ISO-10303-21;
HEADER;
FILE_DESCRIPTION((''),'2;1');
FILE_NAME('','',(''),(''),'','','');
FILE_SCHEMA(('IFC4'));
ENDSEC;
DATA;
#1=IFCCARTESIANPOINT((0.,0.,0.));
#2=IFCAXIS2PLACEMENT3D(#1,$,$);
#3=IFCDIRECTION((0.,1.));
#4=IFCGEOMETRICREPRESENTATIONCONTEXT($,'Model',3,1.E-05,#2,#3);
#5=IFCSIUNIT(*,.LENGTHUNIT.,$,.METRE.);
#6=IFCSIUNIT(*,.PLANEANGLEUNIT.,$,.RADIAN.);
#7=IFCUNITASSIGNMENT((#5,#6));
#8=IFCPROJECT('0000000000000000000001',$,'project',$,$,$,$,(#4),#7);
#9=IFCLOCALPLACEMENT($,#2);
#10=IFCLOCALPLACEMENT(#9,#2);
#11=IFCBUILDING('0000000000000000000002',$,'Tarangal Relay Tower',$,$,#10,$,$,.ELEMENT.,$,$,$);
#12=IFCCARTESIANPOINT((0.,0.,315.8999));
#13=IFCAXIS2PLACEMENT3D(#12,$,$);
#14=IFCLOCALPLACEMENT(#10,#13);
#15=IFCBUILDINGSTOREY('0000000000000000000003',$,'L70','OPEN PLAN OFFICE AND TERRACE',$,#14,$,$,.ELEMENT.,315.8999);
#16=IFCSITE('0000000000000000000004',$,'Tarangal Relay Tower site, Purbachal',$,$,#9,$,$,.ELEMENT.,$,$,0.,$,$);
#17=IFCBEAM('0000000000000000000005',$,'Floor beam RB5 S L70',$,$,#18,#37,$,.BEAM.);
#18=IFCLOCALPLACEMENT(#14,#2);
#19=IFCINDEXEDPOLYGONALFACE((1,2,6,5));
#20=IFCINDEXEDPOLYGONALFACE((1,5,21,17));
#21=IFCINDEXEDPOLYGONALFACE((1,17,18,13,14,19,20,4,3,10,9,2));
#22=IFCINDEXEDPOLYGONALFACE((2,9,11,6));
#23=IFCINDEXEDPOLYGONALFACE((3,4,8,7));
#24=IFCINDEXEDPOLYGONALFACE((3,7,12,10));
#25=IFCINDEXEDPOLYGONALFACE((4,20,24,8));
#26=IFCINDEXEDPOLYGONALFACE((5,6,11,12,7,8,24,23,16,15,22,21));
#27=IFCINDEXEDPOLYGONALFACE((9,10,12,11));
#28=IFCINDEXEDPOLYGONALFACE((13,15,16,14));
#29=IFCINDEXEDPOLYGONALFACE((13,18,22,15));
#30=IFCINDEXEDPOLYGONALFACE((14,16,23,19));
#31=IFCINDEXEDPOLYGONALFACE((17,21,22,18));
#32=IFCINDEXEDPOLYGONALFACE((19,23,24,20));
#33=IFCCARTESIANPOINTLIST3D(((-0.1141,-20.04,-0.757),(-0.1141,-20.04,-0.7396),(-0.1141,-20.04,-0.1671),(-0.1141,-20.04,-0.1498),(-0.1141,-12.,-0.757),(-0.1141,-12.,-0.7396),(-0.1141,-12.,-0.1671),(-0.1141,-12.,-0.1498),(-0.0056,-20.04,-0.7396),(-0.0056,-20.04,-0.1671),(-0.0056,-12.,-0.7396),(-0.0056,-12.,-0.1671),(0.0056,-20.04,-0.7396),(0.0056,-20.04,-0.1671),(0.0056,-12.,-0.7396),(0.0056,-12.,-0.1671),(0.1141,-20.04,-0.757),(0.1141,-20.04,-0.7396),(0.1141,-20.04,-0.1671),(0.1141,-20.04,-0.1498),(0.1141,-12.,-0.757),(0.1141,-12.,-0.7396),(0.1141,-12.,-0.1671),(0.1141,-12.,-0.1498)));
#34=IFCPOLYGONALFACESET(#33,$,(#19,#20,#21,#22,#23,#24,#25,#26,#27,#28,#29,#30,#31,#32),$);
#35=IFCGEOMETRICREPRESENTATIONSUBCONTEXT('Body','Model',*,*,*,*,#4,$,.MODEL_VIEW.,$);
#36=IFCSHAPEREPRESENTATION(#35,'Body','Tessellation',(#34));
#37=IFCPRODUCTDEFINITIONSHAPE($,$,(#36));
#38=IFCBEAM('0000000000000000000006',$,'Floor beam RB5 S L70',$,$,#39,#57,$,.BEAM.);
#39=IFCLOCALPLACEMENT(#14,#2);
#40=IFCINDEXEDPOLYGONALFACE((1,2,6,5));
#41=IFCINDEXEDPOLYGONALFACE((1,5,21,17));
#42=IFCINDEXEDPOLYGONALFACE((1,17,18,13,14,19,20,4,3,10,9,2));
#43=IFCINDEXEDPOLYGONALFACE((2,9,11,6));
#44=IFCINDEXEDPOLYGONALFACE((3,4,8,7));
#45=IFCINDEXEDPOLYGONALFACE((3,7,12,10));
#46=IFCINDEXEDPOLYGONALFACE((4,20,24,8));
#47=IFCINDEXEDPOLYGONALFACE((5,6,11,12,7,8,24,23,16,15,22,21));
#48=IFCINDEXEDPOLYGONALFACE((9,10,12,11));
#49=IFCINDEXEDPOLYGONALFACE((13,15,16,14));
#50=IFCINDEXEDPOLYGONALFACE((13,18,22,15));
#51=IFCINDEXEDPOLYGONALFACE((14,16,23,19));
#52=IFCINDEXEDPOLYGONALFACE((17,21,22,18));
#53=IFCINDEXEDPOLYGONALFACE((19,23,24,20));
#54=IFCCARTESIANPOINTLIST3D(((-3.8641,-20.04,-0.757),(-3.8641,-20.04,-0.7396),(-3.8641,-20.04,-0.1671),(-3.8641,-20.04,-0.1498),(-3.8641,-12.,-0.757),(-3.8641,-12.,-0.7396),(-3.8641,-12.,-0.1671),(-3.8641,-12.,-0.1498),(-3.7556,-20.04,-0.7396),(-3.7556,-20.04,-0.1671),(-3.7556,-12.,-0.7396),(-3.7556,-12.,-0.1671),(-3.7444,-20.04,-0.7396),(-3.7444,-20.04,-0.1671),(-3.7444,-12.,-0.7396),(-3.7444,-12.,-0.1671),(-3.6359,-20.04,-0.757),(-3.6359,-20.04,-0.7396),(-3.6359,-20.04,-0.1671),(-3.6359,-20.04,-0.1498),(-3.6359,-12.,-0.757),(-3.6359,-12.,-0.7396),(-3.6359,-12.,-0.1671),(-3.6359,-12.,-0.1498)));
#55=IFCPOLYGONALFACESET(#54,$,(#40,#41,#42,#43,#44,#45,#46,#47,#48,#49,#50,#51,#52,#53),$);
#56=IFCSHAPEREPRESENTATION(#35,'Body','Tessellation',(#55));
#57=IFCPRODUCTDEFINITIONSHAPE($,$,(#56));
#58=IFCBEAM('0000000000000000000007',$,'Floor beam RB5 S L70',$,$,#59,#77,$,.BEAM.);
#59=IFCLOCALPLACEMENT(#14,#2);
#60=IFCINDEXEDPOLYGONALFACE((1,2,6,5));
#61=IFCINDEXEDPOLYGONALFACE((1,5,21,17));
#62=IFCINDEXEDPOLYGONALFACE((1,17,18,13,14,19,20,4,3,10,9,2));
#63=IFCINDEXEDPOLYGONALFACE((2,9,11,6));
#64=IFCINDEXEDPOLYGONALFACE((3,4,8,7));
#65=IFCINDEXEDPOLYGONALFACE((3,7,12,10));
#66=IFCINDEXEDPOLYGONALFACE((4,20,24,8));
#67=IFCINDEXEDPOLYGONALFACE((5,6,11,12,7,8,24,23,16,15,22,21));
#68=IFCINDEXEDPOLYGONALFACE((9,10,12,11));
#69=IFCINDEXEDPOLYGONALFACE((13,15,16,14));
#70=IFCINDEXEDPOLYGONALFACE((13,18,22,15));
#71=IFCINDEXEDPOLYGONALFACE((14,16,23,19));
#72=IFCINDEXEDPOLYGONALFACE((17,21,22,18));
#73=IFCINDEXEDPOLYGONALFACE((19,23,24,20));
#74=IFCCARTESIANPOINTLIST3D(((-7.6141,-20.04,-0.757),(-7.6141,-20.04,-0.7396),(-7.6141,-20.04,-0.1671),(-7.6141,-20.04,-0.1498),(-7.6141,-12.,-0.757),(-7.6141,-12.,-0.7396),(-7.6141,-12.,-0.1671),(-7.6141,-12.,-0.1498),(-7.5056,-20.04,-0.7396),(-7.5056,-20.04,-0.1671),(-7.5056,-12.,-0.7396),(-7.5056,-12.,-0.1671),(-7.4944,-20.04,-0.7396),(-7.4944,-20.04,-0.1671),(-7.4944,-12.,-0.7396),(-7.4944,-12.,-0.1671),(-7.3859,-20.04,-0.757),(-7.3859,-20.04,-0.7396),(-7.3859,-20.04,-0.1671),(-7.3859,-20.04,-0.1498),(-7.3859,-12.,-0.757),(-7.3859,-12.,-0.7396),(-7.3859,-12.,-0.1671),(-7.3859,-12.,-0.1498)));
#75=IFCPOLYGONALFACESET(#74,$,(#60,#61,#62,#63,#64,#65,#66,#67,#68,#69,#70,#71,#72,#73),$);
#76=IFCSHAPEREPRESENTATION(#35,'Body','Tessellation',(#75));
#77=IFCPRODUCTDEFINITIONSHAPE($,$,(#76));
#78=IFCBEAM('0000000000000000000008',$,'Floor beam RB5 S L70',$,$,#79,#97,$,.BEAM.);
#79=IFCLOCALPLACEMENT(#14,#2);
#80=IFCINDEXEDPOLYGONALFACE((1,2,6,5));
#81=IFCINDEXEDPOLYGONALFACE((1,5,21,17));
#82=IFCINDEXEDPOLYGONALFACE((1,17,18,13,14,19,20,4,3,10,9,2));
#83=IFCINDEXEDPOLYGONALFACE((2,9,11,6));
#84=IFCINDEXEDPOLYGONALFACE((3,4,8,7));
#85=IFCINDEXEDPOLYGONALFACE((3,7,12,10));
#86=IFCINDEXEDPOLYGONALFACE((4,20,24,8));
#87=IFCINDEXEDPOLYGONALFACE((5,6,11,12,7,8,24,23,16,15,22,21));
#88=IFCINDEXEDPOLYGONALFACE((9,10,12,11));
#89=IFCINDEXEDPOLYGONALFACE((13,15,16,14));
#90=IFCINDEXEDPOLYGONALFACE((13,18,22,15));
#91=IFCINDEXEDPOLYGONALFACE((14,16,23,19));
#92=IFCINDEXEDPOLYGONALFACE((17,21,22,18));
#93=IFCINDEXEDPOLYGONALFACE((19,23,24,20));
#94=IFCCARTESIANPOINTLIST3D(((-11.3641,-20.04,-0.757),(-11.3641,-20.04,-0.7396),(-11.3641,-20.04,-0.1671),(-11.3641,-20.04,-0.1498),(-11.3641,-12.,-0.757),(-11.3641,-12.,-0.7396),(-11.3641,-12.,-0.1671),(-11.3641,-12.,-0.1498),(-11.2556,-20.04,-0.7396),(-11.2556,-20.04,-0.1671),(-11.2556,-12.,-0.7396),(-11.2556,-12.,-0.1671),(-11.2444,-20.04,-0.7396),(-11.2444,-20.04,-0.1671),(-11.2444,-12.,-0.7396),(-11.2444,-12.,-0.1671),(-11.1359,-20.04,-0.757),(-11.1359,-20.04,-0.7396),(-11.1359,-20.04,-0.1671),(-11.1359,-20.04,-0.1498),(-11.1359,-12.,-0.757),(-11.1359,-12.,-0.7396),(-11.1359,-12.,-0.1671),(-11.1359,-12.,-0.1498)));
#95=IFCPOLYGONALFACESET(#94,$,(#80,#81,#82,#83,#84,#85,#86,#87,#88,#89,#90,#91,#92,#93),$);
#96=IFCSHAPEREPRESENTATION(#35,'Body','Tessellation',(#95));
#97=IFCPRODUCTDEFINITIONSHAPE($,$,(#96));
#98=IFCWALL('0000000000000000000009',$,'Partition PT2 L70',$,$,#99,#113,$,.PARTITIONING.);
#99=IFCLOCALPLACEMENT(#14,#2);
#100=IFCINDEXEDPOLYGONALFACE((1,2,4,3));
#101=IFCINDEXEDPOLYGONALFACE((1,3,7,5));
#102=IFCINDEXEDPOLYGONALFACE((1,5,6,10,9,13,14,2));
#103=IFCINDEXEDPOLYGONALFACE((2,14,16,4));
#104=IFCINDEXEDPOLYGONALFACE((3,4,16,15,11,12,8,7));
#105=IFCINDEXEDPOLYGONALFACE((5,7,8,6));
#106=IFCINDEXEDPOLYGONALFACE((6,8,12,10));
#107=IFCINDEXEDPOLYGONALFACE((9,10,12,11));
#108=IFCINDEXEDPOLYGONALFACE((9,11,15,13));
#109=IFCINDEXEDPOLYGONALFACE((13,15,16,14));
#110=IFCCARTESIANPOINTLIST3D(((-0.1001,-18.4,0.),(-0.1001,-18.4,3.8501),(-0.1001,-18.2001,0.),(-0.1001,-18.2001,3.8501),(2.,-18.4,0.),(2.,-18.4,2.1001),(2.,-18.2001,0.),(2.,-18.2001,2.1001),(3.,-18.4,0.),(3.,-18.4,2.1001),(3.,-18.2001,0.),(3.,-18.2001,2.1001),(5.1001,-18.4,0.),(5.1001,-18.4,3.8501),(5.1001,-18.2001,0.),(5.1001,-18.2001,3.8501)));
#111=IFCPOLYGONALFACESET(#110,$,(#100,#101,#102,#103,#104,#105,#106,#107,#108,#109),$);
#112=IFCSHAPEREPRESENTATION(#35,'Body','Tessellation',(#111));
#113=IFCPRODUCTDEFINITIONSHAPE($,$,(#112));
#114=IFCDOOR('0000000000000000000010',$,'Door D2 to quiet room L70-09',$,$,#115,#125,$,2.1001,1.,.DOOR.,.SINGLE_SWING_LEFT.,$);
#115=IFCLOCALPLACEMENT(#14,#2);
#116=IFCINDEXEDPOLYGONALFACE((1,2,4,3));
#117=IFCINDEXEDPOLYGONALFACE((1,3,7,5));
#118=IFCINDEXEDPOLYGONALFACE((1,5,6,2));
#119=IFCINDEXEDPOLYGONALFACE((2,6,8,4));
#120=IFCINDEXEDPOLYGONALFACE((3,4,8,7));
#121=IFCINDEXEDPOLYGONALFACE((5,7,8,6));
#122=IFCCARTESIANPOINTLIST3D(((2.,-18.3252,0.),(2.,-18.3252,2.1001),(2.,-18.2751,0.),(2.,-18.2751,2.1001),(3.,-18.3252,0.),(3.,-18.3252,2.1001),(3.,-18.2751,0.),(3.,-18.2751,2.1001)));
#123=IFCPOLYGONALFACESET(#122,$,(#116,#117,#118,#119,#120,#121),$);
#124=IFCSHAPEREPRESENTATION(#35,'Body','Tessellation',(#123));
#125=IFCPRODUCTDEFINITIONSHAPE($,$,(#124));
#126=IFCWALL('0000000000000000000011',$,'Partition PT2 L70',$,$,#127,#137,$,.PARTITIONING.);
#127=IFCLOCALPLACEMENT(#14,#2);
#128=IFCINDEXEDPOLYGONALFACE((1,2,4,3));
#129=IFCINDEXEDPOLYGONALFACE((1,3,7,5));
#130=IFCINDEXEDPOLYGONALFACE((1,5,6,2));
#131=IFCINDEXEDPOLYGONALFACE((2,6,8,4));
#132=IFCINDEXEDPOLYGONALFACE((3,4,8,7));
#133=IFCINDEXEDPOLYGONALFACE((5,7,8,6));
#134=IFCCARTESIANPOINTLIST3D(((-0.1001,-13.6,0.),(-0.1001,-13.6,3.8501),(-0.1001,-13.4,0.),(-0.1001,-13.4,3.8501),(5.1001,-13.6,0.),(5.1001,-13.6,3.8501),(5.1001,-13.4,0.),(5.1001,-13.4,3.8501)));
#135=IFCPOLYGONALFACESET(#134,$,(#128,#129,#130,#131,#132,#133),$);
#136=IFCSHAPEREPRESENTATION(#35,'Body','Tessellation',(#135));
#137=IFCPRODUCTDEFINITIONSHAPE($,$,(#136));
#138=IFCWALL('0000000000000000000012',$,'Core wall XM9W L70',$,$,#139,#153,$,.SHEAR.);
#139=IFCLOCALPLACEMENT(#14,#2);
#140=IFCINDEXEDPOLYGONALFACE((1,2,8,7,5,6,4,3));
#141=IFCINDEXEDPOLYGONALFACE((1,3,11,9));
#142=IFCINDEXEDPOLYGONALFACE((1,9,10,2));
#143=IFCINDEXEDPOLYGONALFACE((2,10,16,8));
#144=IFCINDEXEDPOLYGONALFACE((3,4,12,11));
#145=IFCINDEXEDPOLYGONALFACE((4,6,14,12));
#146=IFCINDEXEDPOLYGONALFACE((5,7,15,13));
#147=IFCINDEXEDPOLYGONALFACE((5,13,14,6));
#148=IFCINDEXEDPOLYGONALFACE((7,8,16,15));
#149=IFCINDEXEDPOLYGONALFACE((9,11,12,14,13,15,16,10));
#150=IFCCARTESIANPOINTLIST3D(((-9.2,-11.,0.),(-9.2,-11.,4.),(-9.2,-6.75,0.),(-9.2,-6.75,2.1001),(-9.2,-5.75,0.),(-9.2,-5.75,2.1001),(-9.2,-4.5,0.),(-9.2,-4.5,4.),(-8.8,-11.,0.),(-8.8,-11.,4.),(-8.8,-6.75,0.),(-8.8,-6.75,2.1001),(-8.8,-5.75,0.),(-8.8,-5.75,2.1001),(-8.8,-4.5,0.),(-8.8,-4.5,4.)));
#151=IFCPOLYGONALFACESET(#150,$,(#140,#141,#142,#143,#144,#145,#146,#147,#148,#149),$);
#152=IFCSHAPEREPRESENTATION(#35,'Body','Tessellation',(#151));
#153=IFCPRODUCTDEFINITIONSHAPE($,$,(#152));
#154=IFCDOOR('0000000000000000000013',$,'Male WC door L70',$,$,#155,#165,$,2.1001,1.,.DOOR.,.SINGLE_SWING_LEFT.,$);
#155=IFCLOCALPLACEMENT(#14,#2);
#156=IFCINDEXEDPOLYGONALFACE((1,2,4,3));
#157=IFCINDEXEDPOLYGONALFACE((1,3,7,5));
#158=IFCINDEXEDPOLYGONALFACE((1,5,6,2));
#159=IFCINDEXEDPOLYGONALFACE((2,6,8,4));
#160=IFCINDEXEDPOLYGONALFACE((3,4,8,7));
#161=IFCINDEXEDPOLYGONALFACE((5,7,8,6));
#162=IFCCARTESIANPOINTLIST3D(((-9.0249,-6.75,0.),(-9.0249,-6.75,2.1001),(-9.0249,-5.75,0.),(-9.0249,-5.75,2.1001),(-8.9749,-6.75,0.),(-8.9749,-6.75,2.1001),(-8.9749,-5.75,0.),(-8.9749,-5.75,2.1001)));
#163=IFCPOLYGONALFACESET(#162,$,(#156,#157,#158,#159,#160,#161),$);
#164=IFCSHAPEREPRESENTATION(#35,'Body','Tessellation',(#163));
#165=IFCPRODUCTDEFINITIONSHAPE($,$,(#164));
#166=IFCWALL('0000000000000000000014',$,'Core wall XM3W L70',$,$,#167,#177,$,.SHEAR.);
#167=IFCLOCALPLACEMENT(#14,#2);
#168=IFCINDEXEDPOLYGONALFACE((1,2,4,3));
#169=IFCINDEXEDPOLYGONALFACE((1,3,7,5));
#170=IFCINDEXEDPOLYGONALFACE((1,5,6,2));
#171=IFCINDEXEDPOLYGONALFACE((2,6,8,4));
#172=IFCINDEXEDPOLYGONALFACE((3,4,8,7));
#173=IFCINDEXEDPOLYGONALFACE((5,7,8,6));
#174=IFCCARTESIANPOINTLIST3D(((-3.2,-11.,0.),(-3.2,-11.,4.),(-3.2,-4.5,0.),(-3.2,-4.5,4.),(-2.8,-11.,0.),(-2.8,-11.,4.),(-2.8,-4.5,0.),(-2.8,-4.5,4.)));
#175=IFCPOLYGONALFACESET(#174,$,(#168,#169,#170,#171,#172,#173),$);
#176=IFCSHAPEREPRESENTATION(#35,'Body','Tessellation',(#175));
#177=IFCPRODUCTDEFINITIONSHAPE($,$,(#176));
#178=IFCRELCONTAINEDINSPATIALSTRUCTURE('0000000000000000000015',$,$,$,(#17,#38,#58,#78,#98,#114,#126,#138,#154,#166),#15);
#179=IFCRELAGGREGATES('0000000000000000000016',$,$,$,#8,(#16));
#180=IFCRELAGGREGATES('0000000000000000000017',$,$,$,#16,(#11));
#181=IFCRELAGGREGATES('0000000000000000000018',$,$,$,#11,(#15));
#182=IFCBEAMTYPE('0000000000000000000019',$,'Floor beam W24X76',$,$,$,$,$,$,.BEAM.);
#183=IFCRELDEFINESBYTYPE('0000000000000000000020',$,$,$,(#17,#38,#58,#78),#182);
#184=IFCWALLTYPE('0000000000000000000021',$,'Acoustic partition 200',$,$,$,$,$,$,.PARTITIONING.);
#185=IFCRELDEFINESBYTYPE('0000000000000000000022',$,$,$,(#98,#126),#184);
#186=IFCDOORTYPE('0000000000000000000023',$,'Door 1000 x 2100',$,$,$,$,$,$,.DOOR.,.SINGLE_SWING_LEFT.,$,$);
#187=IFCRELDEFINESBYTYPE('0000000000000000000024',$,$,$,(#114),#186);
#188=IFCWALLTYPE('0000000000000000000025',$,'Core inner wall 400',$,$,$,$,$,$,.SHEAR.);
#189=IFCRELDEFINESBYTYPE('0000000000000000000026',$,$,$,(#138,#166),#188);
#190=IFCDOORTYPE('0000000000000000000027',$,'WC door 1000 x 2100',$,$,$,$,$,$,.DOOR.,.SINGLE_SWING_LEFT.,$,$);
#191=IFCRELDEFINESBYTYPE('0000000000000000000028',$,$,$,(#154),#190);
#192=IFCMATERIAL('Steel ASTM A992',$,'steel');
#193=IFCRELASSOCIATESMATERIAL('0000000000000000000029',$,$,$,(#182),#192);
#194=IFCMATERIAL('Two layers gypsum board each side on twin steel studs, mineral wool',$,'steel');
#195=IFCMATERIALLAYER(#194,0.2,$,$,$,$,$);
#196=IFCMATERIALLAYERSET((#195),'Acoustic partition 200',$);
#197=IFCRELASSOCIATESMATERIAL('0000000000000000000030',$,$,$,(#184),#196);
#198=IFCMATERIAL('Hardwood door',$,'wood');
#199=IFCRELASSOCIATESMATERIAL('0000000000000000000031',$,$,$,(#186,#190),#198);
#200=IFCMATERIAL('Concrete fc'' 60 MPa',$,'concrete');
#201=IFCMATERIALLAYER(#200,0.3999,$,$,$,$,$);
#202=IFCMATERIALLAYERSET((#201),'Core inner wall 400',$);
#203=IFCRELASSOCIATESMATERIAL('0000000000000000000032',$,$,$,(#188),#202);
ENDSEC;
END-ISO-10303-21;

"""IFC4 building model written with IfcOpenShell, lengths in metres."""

from ifc_helpers import new_model, si_unit, direction, frame, frame_2d, origin, origin_2d, place, context, subcontext, project, spatial, rectangle, i_section, extrude, material, layer, layer_set, material_profile, profile_set, type_object, element, fill, save


model = new_model("IFC4")

# Units and contexts
model_context = context("Model", 3, precision=1e-05, world=origin(), true_north=direction((0.0, 1.0)))
body_context = subcontext(model_context, "Body", "Model", "MODEL_VIEW")
ifc_project = project(units=[si_unit("LENGTHUNIT", "METRE"), si_unit("PLANEANGLEUNIT", "RADIAN")], contexts=[model_context])

# Site, building, storey
site_placement = place(None, origin())
site = spatial("IfcSite", under=ifc_project, at=site_placement, Name="Tarangal Relay Tower site, Purbachal", CompositionType="ELEMENT", RefElevation=0.0)
building_placement = place(site_placement, origin())
building = spatial("IfcBuilding", under=site, at=building_placement, Name="Tarangal Relay Tower", CompositionType="ELEMENT")
storey_placement = place(building_placement, frame((0.0, 0.0, 315.8999)))
storey = spatial("IfcBuildingStorey", under=building, at=storey_placement, Name="L70", Description="OPEN PLAN OFFICE AND TERRACE", CompositionType="ELEMENT", Elevation=315.8999)

# Beams
ifc_material_1 = material(Name="Steel ASTM A992", Category="steel")
ifc_material_profile = material_profile(ifc_material_1, i_section(OverallWidth=0.2283, OverallDepth=0.6072, WebThickness=0.0112, FlangeThickness=0.0173, at=origin_2d()), Name="W24X76")
ifc_profile_set = profile_set([ifc_material_profile], Name="Steel ASTM A992")
beam_type = type_object("IfcBeamType", Name="Floor beam W24X76", PredefinedType="BEAM", material=ifc_profile_set)
for number, where, z_axis, x_axis, name in (
    (1, (0.0, -12.0, -0.4534), (0.0, -1.0, 0.0), (1.0, 0.0, 0.0), "Floor beam RB5 S L70"),
    (2, (-3.75, -12.0, -0.4534), (0.0, -1.0, 0.0), (1.0, 0.0, 0.0), "Floor beam RB5 S L70"),
    (3, (-7.5, -12.0, -0.4534), (0.0, -1.0, 0.0), (1.0, 0.0, 0.0), "Floor beam RB5 S L70"),
    (4, (-11.25, -12.0, -0.4534), (0.0, -1.0, 0.0), (1.0, 0.0, 0.0), "Floor beam RB5 S L70"),
):
    element("IfcBeam", number, at=place(storey_placement, frame(where, z_axis=z_axis, x_axis=x_axis)), inside=storey, type_object=beam_type, Name=name, PredefinedType="BEAM", context=body_context, shape_type="SweptSolid", body=[
        extrude(i_section(OverallWidth=0.2283, OverallDepth=0.6072, WebThickness=0.0112, FlangeThickness=0.0173, at=origin_2d()), origin(), (0.0, 0.0, 1.0), 8.04),
    ])

# Wall, opening, door
ifc_material_2 = material(Name="Two layers gypsum board each side on twin steel studs, mineral wool", Category="steel")
ifc_layer_1 = layer(ifc_material_2, 0.2)
ifc_layer_set_1 = layer_set([ifc_layer_1], Name="Acoustic partition 200")
wall_type_1 = type_object("IfcWallType", Name="Acoustic partition 200", PredefinedType="PARTITIONING", material=ifc_layer_set_1)
wall_1_placement = place(storey_placement, frame((-0.1001, -18.3, 0.0), z_axis=(0.0, 0.0, 1.0), x_axis=(1.0, 0.0, 0.0)))
wall_1 = element("IfcWall", 5, at=wall_1_placement, inside=storey, type_object=wall_type_1, Name="Partition PT2 L70", PredefinedType="PARTITIONING", context=body_context, shape_type="SweptSolid", body=[
    extrude(rectangle(XDim=5.2002, YDim=0.2, at=frame_2d((2.6001, 0.0))), origin(), (0.0, 0.0, 1.0), 3.8501),
])
opening_1_placement = place(wall_1_placement, frame((2.1001, 0.0, 0.0)))
opening_1 = element("IfcOpeningElement", 6, at=opening_1_placement, cuts=wall_1, PredefinedType="OPENING", context=body_context, shape_type="SweptSolid", body=[
    extrude(rectangle(XDim=1.0, YDim=2.1001, at=frame_2d((0.5, 1.05))), frame((0.0, 0.1099, 0.0), z_axis=(0.0, -1.0, 0.0), x_axis=(1.0, 0.0, 0.0)), (0.0, 0.0, 1.0), 0.22),
])
ifc_material_3 = material(Name="Hardwood door", Category="wood")
door_type_1 = type_object("IfcDoorType", Name="Door 1000 x 2100", OperationType="SINGLE_SWING_LEFT", PredefinedType="DOOR", material=ifc_material_3)
door_1_placement = place(opening_1_placement, origin())
door_1 = element("IfcDoor", 7, at=door_1_placement, inside=storey, type_object=door_type_1, Name="Door D2 to quiet room L70-09", OperationType="SINGLE_SWING_LEFT", OverallHeight=2.1001, OverallWidth=1.0, PredefinedType="DOOR", context=body_context, shape_type="SweptSolid", body=[
    extrude(rectangle(XDim=1.0, YDim=2.1001, at=frame_2d((0.5, 1.05))), frame((0.0, 0.0249, 0.0), z_axis=(0.0, -1.0, 0.0), x_axis=(1.0, 0.0, 0.0)), (0.0, 0.0, 1.0), 0.05),
])
fill(opening_1, door_1)

# Wall
wall_2_placement = place(storey_placement, frame((-0.1001, -13.5, 0.0), z_axis=(0.0, 0.0, 1.0), x_axis=(1.0, 0.0, 0.0)))
element("IfcWall", 8, at=wall_2_placement, inside=storey, type_object=wall_type_1, Name="Partition PT2 L70", PredefinedType="PARTITIONING", context=body_context, shape_type="SweptSolid", body=[
    extrude(rectangle(XDim=5.2002, YDim=0.2, at=frame_2d((2.6001, 0.0))), origin(), (0.0, 0.0, 1.0), 3.8501),
])

# Wall, opening, door
ifc_material_4 = material(Name="Concrete fc' 60 MPa", Category="concrete")
ifc_layer_2 = layer(ifc_material_4, 0.3999)
ifc_layer_set_2 = layer_set([ifc_layer_2], Name="Core inner wall 400")
wall_type_2 = type_object("IfcWallType", Name="Core inner wall 400", PredefinedType="SHEAR", material=ifc_layer_set_2)
wall_3_placement = place(storey_placement, frame((-9.0, -11.0, 0.0), z_axis=(0.0, 0.0, 1.0), x_axis=(0.0, 1.0, 0.0)))
wall_3 = element("IfcWall", 9, at=wall_3_placement, inside=storey, type_object=wall_type_2, Name="Core wall XM9W L70", PredefinedType="SHEAR", context=body_context, shape_type="SweptSolid", body=[
    extrude(rectangle(XDim=6.5, YDim=0.3999, at=frame_2d((3.25, 0.0))), origin(), (0.0, 0.0, 1.0), 4.0),
])
opening_2_placement = place(wall_3_placement, frame((4.25, 0.0, 0.0)))
opening_2 = element("IfcOpeningElement", 10, at=opening_2_placement, cuts=wall_3, PredefinedType="OPENING", context=body_context, shape_type="SweptSolid", body=[
    extrude(rectangle(XDim=1.0, YDim=2.1001, at=frame_2d((0.5, 1.05))), frame((0.0, 0.21, 0.0), z_axis=(0.0, -1.0, 0.0), x_axis=(1.0, 0.0, 0.0)), (0.0, 0.0, 1.0), 0.4199),
])
door_type_2 = type_object("IfcDoorType", Name="WC door 1000 x 2100", OperationType="SINGLE_SWING_LEFT", PredefinedType="DOOR", material=ifc_material_3)
door_2_placement = place(opening_2_placement, origin())
door_2 = element("IfcDoor", 11, at=door_2_placement, inside=storey, type_object=door_type_2, Name="Male WC door L70", OperationType="SINGLE_SWING_LEFT", OverallHeight=2.1001, OverallWidth=1.0, PredefinedType="DOOR", context=body_context, shape_type="SweptSolid", body=[
    extrude(rectangle(XDim=1.0, YDim=2.1001, at=frame_2d((0.5, 1.05))), frame((0.0, 0.0249, 0.0), z_axis=(0.0, -1.0, 0.0), x_axis=(1.0, 0.0, 0.0)), (0.0, 0.0, 1.0), 0.05),
])
fill(opening_2, door_2)

# Wall
wall_4_placement = place(storey_placement, frame((-3.0, -11.0, 0.0), z_axis=(0.0, 0.0, 1.0), x_axis=(0.0, 1.0, 0.0)))
element("IfcWall", 12, at=wall_4_placement, inside=storey, type_object=wall_type_2, Name="Core wall XM3W L70", PredefinedType="SHEAR", context=body_context, shape_type="SweptSolid", body=[
    extrude(rectangle(XDim=6.5, YDim=0.3999, at=frame_2d((3.25, 0.0))), origin(), (0.0, 0.0, 1.0), 4.0),
])

save(model, "model.ifc")
